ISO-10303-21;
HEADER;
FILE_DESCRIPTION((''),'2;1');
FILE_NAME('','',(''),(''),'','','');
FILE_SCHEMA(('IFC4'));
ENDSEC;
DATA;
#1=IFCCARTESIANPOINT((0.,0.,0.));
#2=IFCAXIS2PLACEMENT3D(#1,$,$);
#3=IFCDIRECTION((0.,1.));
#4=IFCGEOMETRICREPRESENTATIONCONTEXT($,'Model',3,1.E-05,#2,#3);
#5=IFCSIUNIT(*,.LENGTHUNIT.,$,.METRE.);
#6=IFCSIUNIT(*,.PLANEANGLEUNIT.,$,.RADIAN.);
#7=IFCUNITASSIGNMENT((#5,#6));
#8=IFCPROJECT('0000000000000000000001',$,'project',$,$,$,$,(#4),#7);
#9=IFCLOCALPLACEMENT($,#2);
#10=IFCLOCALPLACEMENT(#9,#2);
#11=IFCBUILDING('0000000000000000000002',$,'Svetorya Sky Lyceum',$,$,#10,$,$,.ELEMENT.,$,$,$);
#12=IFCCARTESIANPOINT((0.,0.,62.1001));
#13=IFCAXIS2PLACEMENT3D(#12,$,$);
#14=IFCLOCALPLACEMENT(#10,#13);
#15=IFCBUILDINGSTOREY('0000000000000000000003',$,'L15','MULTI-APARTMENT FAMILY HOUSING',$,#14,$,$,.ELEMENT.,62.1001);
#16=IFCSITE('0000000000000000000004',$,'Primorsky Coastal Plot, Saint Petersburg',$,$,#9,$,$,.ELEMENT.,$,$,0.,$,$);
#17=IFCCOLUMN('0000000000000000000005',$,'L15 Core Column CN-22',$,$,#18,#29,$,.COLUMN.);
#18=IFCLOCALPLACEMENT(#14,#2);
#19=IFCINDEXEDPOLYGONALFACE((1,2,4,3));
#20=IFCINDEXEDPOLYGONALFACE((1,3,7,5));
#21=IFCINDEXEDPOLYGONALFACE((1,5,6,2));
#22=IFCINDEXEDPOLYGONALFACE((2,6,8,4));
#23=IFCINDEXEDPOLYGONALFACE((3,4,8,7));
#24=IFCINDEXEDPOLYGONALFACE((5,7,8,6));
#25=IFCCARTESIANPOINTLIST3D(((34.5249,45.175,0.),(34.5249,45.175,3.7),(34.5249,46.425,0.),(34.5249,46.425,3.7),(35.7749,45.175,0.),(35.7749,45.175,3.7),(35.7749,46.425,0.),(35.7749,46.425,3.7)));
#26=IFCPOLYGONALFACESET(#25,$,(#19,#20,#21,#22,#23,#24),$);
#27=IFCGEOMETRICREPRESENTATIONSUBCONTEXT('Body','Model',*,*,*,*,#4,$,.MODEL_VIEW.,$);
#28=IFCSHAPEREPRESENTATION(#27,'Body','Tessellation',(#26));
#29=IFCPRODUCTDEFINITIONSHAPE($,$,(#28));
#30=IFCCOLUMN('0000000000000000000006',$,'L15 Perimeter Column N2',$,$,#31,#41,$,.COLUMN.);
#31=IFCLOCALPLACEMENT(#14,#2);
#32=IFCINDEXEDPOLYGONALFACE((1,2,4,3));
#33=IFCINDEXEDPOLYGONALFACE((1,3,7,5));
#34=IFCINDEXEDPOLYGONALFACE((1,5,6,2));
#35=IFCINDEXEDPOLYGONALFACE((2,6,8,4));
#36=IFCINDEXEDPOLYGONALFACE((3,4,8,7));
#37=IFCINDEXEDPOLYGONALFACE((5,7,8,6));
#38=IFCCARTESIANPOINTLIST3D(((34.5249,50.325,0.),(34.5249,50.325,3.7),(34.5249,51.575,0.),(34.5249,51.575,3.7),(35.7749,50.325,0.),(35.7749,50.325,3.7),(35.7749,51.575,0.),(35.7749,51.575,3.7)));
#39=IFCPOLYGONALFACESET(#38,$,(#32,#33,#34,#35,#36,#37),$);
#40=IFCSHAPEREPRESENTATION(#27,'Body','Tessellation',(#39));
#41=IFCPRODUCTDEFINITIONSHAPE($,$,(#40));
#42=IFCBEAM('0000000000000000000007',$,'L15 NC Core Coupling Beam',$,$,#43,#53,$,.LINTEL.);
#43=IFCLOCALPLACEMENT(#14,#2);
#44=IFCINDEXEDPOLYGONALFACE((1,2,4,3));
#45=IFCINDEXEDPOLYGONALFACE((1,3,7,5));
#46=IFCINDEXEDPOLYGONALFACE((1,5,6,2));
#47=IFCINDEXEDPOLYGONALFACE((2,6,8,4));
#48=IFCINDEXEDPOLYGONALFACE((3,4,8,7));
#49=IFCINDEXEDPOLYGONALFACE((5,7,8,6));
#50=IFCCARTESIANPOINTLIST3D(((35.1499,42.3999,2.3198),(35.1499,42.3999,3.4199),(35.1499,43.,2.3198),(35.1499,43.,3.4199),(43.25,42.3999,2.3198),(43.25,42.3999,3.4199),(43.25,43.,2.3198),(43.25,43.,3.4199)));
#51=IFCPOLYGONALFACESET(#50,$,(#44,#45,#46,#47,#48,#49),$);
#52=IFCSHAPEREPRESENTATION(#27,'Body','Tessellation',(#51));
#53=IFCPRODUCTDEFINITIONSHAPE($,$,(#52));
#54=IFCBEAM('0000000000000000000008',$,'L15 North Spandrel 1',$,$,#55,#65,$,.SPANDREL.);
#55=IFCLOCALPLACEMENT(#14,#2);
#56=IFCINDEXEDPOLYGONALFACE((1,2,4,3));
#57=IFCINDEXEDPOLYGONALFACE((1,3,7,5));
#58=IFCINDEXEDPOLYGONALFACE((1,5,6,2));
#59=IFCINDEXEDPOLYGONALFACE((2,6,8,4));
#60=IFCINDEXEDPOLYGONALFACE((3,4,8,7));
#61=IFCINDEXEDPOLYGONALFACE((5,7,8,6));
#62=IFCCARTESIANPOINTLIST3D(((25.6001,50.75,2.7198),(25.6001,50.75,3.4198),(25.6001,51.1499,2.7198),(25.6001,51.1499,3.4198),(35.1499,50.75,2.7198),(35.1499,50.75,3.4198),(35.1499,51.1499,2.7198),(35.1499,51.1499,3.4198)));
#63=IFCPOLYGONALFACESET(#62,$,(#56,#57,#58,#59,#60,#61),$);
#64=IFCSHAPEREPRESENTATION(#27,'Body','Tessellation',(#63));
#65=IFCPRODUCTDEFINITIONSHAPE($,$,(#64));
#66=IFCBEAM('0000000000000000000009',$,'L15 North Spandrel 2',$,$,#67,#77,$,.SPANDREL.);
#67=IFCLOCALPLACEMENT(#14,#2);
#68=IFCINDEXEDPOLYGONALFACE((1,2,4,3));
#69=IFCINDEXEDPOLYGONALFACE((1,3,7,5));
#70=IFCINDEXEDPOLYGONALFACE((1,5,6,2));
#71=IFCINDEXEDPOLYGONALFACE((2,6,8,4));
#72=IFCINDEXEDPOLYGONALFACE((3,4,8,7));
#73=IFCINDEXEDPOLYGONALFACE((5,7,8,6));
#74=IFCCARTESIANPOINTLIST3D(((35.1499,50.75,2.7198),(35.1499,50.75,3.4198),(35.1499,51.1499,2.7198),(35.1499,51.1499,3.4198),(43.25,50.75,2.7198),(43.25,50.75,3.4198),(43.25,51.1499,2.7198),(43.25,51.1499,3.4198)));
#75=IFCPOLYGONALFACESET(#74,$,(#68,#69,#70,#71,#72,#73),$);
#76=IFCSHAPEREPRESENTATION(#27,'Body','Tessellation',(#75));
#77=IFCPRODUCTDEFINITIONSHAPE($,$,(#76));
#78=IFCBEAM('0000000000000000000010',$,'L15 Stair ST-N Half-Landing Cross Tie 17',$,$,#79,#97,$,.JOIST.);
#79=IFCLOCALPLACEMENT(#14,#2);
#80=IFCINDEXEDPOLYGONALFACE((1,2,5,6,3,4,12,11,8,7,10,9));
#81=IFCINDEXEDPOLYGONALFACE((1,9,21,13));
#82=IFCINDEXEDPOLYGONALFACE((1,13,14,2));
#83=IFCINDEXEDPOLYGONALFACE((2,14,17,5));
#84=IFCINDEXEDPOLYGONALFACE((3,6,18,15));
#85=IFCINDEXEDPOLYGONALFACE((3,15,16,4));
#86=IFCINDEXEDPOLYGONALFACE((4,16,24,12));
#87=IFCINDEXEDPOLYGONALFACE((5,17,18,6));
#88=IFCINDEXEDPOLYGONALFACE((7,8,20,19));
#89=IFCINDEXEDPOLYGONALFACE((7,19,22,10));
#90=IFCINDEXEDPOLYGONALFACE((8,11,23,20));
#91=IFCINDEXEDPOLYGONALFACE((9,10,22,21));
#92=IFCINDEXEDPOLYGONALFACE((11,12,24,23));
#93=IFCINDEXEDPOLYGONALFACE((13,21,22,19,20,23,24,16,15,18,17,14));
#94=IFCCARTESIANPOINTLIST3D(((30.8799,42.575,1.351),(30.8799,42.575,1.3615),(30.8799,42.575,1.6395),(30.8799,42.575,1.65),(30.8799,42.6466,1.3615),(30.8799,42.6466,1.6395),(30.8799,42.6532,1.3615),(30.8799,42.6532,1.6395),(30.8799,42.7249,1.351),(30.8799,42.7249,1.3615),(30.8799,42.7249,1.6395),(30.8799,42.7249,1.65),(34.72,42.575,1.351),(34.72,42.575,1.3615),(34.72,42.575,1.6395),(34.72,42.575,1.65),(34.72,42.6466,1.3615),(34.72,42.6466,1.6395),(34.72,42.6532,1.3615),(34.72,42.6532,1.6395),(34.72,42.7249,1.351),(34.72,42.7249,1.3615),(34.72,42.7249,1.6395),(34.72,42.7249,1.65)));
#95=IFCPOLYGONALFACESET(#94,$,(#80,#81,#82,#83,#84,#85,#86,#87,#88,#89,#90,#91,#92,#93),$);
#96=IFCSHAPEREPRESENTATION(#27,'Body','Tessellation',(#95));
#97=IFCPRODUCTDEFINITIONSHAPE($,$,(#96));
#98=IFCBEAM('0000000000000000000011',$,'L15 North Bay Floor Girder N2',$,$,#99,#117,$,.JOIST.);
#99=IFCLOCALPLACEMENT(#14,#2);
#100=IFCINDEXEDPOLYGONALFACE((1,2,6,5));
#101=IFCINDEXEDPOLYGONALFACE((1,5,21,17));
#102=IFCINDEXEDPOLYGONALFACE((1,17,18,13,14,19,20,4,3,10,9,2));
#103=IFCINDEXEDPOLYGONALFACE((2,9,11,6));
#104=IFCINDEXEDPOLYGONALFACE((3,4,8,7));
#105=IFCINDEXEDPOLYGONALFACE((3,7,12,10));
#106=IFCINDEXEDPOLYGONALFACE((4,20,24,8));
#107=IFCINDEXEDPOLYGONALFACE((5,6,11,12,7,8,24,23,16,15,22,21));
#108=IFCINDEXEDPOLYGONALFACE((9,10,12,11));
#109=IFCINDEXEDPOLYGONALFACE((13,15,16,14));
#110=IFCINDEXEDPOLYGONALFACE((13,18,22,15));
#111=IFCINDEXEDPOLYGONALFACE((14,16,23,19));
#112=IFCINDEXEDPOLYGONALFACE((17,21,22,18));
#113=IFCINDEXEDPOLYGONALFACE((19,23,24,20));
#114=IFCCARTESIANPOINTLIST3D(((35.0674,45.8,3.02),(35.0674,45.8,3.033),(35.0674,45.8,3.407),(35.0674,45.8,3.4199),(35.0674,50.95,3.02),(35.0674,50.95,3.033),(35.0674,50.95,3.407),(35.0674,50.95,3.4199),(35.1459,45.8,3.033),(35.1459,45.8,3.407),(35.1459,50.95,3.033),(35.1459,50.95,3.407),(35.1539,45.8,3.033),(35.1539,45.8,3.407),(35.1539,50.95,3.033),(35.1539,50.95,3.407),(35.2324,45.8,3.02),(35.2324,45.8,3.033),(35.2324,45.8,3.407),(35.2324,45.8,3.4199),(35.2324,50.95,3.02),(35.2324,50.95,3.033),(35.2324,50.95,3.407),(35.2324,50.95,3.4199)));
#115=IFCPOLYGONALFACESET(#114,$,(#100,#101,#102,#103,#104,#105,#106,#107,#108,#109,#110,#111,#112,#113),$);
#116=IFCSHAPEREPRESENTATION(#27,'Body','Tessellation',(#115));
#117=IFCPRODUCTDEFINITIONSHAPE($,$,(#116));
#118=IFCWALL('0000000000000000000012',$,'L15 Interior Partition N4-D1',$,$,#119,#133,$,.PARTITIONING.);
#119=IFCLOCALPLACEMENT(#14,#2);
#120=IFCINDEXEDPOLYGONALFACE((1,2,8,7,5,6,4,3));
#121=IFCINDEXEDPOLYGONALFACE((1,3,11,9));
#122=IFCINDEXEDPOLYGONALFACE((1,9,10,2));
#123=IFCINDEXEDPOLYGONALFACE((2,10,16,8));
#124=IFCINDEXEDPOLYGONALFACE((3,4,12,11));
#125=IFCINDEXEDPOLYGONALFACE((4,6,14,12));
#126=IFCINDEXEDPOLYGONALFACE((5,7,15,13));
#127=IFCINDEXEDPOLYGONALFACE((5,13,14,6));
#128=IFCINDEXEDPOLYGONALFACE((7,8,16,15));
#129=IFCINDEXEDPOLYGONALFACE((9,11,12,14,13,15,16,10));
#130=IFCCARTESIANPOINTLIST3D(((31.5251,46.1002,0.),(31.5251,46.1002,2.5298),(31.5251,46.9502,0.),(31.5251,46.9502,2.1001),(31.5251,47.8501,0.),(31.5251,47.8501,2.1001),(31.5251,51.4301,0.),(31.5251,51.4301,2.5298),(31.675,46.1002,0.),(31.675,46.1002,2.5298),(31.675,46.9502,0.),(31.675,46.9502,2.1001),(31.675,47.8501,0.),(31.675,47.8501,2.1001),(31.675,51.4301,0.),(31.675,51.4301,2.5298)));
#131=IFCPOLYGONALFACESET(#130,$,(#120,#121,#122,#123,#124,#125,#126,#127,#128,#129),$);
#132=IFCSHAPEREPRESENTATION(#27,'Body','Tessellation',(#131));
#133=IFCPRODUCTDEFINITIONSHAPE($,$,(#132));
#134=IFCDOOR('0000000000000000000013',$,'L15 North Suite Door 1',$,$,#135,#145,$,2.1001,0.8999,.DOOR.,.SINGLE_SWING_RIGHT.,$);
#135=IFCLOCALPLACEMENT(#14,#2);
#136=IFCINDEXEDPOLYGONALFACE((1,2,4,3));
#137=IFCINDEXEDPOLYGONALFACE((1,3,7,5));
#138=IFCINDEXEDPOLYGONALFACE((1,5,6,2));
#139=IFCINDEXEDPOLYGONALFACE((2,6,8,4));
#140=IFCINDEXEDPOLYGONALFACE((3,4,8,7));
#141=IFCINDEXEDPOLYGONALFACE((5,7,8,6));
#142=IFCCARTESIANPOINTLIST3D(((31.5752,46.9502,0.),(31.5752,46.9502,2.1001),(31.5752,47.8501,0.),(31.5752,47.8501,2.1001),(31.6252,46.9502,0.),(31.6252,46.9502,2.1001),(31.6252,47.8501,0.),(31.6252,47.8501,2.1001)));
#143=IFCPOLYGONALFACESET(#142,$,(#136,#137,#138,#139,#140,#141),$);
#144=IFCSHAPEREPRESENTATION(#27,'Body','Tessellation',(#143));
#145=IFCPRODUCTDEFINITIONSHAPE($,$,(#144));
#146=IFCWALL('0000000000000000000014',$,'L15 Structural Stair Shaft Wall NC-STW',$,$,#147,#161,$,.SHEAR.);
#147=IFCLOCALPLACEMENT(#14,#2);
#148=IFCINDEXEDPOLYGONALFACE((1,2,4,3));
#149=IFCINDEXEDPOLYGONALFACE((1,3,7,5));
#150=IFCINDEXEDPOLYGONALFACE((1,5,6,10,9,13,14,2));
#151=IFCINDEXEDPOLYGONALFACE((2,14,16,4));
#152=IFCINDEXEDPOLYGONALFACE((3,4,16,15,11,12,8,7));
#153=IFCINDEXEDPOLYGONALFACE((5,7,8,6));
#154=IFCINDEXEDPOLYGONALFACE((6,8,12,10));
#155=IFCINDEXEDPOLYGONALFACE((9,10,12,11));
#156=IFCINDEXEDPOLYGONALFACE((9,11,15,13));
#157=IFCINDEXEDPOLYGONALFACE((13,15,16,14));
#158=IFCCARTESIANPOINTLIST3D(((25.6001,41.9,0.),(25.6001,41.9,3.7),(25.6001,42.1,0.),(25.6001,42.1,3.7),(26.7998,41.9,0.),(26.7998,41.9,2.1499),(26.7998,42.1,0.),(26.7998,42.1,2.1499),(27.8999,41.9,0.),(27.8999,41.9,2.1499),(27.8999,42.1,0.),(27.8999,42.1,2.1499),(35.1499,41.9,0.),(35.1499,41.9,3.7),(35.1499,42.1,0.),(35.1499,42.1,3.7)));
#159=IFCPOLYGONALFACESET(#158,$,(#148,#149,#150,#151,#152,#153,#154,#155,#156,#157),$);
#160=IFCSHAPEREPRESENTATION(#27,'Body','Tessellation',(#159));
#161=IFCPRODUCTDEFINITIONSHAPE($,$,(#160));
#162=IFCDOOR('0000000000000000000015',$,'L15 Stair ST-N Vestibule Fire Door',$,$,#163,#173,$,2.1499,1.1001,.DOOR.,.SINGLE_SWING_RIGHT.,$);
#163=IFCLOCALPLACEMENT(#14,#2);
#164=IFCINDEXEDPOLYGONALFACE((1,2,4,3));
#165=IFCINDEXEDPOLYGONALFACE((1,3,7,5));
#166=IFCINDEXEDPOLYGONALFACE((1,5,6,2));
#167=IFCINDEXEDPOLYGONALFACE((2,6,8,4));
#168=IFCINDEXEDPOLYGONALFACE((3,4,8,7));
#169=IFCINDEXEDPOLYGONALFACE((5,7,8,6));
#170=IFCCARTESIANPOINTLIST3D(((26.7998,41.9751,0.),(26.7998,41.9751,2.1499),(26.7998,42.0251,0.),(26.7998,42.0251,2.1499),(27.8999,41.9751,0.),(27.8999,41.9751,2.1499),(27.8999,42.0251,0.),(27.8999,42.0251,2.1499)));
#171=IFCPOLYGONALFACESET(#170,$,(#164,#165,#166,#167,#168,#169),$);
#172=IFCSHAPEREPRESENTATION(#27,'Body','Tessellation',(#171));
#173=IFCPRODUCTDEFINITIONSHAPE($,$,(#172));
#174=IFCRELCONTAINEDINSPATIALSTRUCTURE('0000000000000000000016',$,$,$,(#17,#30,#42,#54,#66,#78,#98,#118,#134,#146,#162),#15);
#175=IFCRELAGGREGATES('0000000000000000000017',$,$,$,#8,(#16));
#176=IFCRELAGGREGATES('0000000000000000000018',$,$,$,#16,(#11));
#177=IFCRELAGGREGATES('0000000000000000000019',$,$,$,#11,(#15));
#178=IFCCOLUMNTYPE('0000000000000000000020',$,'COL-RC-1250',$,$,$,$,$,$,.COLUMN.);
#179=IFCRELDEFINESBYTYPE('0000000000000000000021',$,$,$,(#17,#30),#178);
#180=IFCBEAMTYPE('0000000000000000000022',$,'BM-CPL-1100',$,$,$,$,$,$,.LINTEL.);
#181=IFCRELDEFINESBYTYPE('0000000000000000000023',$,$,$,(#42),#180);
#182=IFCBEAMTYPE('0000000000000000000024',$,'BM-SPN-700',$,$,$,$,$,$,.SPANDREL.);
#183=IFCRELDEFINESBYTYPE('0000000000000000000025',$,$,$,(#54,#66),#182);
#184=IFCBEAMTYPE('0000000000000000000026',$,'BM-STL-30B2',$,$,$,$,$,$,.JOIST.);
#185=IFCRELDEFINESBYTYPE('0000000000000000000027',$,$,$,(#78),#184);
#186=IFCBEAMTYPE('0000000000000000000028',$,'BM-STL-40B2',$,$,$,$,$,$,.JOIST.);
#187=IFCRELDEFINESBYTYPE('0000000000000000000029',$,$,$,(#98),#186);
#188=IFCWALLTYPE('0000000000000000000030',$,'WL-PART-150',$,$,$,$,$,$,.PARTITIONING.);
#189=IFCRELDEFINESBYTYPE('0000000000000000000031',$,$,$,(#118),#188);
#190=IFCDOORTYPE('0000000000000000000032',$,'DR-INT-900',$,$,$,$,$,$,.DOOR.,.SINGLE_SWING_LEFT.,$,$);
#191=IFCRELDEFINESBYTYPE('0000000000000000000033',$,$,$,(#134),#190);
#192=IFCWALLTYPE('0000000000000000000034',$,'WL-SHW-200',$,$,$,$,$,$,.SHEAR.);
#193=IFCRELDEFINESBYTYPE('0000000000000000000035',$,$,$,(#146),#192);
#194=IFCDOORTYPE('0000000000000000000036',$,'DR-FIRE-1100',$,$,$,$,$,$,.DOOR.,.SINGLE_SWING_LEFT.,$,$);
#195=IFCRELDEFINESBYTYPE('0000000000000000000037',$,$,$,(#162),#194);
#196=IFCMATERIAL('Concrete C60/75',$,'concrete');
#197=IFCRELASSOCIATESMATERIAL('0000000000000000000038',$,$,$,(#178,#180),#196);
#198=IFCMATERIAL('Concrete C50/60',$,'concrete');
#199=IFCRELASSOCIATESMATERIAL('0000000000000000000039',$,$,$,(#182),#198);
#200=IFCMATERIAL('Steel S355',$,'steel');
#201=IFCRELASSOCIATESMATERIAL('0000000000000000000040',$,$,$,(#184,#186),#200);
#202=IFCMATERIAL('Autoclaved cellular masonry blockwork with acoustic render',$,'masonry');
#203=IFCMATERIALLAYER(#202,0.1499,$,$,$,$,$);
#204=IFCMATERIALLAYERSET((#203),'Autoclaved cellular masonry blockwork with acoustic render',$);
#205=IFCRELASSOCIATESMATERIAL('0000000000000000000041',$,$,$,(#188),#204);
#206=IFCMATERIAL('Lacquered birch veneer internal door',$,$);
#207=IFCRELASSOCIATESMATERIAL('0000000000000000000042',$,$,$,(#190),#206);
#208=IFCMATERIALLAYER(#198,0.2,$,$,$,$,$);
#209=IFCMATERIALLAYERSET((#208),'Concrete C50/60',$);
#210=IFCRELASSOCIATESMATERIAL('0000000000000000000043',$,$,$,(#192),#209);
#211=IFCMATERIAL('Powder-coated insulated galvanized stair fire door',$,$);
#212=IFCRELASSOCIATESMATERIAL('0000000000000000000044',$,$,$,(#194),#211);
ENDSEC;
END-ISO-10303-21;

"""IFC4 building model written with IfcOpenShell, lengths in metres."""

from ifc_helpers import new_model, si_unit, direction, frame, frame_2d, origin, origin_2d, place, context, subcontext, project, spatial, rectangle, i_section, extrude, material, layer, layer_set, material_profile, profile_set, type_object, element, fill, save


model = new_model("IFC4")

# Units and contexts
model_context = context("Model", 3, precision=1e-05, world=origin(), true_north=direction((0.0, 1.0)))
body_context = subcontext(model_context, "Body", "Model", "MODEL_VIEW")
ifc_project = project(units=[si_unit("LENGTHUNIT", "METRE"), si_unit("PLANEANGLEUNIT", "RADIAN")], contexts=[model_context])

# Site, building, storey
site_placement = place(None, origin())
site = spatial("IfcSite", under=ifc_project, at=site_placement, Name="Primorsky Coastal Plot, Saint Petersburg", CompositionType="ELEMENT", RefElevation=0.0)
building_placement = place(site_placement, origin())
building = spatial("IfcBuilding", under=site, at=building_placement, Name="Svetorya Sky Lyceum", CompositionType="ELEMENT")
storey_placement = place(building_placement, frame((0.0, 0.0, 62.1001)))
storey = spatial("IfcBuildingStorey", under=building, at=storey_placement, Name="L15", Description="MULTI-APARTMENT FAMILY HOUSING", CompositionType="ELEMENT", Elevation=62.1001)

# Columns
ifc_material_1 = material(Name="Concrete C60/75", Category="concrete")
ifc_material_profile_1 = material_profile(ifc_material_1, rectangle(XDim=1.25, YDim=1.25, at=origin_2d()), Name="RC COL 1250x1250")
ifc_profile_set_1 = profile_set([ifc_material_profile_1], Name="Concrete C60/75")
column_type = type_object("IfcColumnType", Name="COL-RC-1250", PredefinedType="COLUMN", material=ifc_profile_set_1)
for number, where, z_axis, x_axis, name in (
    (1, (35.1499, 45.8, 0.0), (0.0, 0.0, 1.0), (1.0, 0.0, 0.0), "L15 Core Column CN-22"),
    (2, (35.1499, 50.95, 0.0), (0.0, 0.0, 1.0), (1.0, 0.0, 0.0), "L15 Perimeter Column N2"),
):
    element("IfcColumn", number, at=place(storey_placement, frame(where, z_axis=z_axis, x_axis=x_axis)), inside=storey, type_object=column_type, Name=name, PredefinedType="COLUMN", context=body_context, shape_type="SweptSolid", body=[
        extrude(rectangle(XDim=1.25, YDim=1.25, at=origin_2d()), origin(), (0.0, 0.0, 1.0), 3.7),
    ])

# Beams
ifc_material_profile_2 = material_profile(ifc_material_1, rectangle(XDim=0.6001, YDim=1.1001, at=origin_2d()), Name="RC COUPLING 600x1100")
ifc_profile_set_2 = profile_set([ifc_material_profile_2], Name="Concrete C60/75")
beam_type_1 = type_object("IfcBeamType", Name="BM-CPL-1100", PredefinedType="LINTEL", material=ifc_profile_set_2)
beam_1_placement = place(storey_placement, frame((35.1499, 42.7, 2.8699), z_axis=(1.0, 0.0, 0.0), x_axis=(0.0, 1.0, 0.0)))
element("IfcBeam", 3, at=beam_1_placement, inside=storey, type_object=beam_type_1, Name="L15 NC Core Coupling Beam", PredefinedType="LINTEL", context=body_context, shape_type="SweptSolid", body=[
    extrude(rectangle(XDim=0.6001, YDim=1.1001, at=origin_2d()), origin(), (0.0, 0.0, 1.0), 8.1001),
])
ifc_material_2 = material(Name="Concrete C50/60", Category="concrete")
ifc_material_profile_3 = material_profile(ifc_material_2, rectangle(XDim=0.3999, YDim=0.7, at=origin_2d()), Name="RC SPANDREL 400x700")
ifc_profile_set_3 = profile_set([ifc_material_profile_3], Name="Concrete C50/60")
beam_type_2 = type_object("IfcBeamType", Name="BM-SPN-700", PredefinedType="SPANDREL", material=ifc_profile_set_3)
beam_2_placement = place(storey_placement, frame((25.6001, 50.95, 3.0698), z_axis=(1.0, 0.0, 0.0), x_axis=(0.0, 1.0, 0.0)))
element("IfcBeam", 4, at=beam_2_placement, inside=storey, type_object=beam_type_2, Name="L15 North Spandrel 1", PredefinedType="SPANDREL", context=body_context, shape_type="SweptSolid", body=[
    extrude(rectangle(XDim=0.3999, YDim=0.7, at=origin_2d()), origin(), (0.0, 0.0, 1.0), 9.5498),
])
beam_3_placement = place(storey_placement, frame((35.1499, 50.95, 3.0698), z_axis=(1.0, 0.0, 0.0), x_axis=(0.0, 1.0, 0.0)))
element("IfcBeam", 5, at=beam_3_placement, inside=storey, type_object=beam_type_2, Name="L15 North Spandrel 2", PredefinedType="SPANDREL", context=body_context, shape_type="SweptSolid", body=[
    extrude(rectangle(XDim=0.3999, YDim=0.7, at=origin_2d()), origin(), (0.0, 0.0, 1.0), 8.1001),
])
ifc_material_3 = material(Name="Steel S355", Category="steel")
ifc_material_profile_4 = material_profile(ifc_material_3, i_section(OverallWidth=0.1499, OverallDepth=0.2991, WebThickness=0.0066, FlangeThickness=0.0105, at=origin_2d()), Name="GOST 30B2")
ifc_profile_set_4 = profile_set([ifc_material_profile_4], Name="Steel S355")
beam_type_3 = type_object("IfcBeamType", Name="BM-STL-30B2", PredefinedType="JOIST", material=ifc_profile_set_4)
beam_4_placement = place(storey_placement, frame((30.8799, 42.6499, 1.5005), z_axis=(1.0, 0.0, 0.0), x_axis=(0.0, 1.0, 0.0)))
element("IfcBeam", 6, at=beam_4_placement, inside=storey, type_object=beam_type_3, Name="L15 Stair ST-N Half-Landing Cross Tie 17", PredefinedType="JOIST", context=body_context, shape_type="SweptSolid", body=[
    extrude(i_section(OverallWidth=0.1499, OverallDepth=0.2991, WebThickness=0.0066, FlangeThickness=0.0105, at=origin_2d()), origin(), (0.0, 0.0, 1.0), 3.8401),
])
ifc_material_profile_5 = material_profile(ifc_material_3, i_section(OverallWidth=0.165, OverallDepth=0.3999, WebThickness=0.0081, FlangeThickness=0.0129, at=origin_2d()), Name="GOST 40B2")
ifc_profile_set_5 = profile_set([ifc_material_profile_5], Name="Steel S355")
beam_type_4 = type_object("IfcBeamType", Name="BM-STL-40B2", PredefinedType="JOIST", material=ifc_profile_set_5)
beam_5_placement = place(storey_placement, frame((35.1499, 45.8, 3.22), z_axis=(0.0, 1.0, 0.0), x_axis=(-1.0, 0.0, 0.0)))
element("IfcBeam", 7, at=beam_5_placement, inside=storey, type_object=beam_type_4, Name="L15 North Bay Floor Girder N2", PredefinedType="JOIST", context=body_context, shape_type="SweptSolid", body=[
    extrude(i_section(OverallWidth=0.165, OverallDepth=0.3999, WebThickness=0.0081, FlangeThickness=0.0129, at=origin_2d()), origin(), (0.0, 0.0, 1.0), 5.1499),
])

# Walls, openings, doors
ifc_material_4 = material(Name="Autoclaved cellular masonry blockwork with acoustic render", Category="masonry")
ifc_layer_1 = layer(ifc_material_4, 0.1499)
ifc_layer_set_1 = layer_set([ifc_layer_1], Name="Autoclaved cellular masonry blockwork with acoustic render")
wall_type_1 = type_object("IfcWallType", Name="WL-PART-150", PredefinedType="PARTITIONING", material=ifc_layer_set_1)
wall_1_placement = place(storey_placement, frame((31.6001, 46.1001, 0.0), z_axis=(0.0, 0.0, 1.0), x_axis=(0.0, 1.0, 0.0)))
wall_1 = element("IfcWall", 8, at=wall_1_placement, inside=storey, type_object=wall_type_1, Name="L15 Interior Partition N4-D1", PredefinedType="PARTITIONING", context=body_context, shape_type="SweptSolid", body=[
    extrude(rectangle(XDim=5.3298, YDim=0.1499, at=frame_2d((2.665, 0.0))), origin(), (0.0, 0.0, 1.0), 2.5298),
])
opening_1_placement = place(wall_1_placement, frame((0.8501, 0.0, 0.0)))
opening_1 = element("IfcOpeningElement", 9, at=opening_1_placement, cuts=wall_1, PredefinedType="OPENING", context=body_context, shape_type="SweptSolid", body=[
    extrude(rectangle(XDim=0.8999, YDim=2.1001, at=frame_2d((0.45, 1.05))), frame((0.0, 0.085, 0.0), z_axis=(0.0, -1.0, 0.0), x_axis=(1.0, 0.0, 0.0)), (0.0, 0.0, 1.0), 0.1699),
])
ifc_material_5 = material(Name="Lacquered birch veneer internal door")
door_type_1 = type_object("IfcDoorType", Name="DR-INT-900", OperationType="SINGLE_SWING_LEFT", PredefinedType="DOOR", material=ifc_material_5)
door_1_placement = place(opening_1_placement, origin())
door_1 = element("IfcDoor", 10, at=door_1_placement, inside=storey, type_object=door_type_1, Name="L15 North Suite Door 1", OperationType="SINGLE_SWING_RIGHT", OverallHeight=2.1001, OverallWidth=0.8999, PredefinedType="DOOR", context=body_context, shape_type="SweptSolid", body=[
    extrude(rectangle(XDim=0.8999, YDim=2.1001, at=frame_2d((0.45, 1.05))), frame((0.0, 0.0249, 0.0), z_axis=(0.0, -1.0, 0.0), x_axis=(1.0, 0.0, 0.0)), (0.0, 0.0, 1.0), 0.05),
])
fill(opening_1, door_1)
ifc_layer_2 = layer(ifc_material_2, 0.2)
ifc_layer_set_2 = layer_set([ifc_layer_2], Name="Concrete C50/60")
wall_type_2 = type_object("IfcWallType", Name="WL-SHW-200", PredefinedType="SHEAR", material=ifc_layer_set_2)
wall_2_placement = place(storey_placement, frame((35.1499, 42.0, 0.0), z_axis=(0.0, 0.0, 1.0), x_axis=(-1.0, 0.0, 0.0)))
wall_2 = element("IfcWall", 11, at=wall_2_placement, inside=storey, type_object=wall_type_2, Name="L15 Structural Stair Shaft Wall NC-STW", PredefinedType="SHEAR", context=body_context, shape_type="SweptSolid", body=[
    extrude(rectangle(XDim=9.5498, YDim=0.2, at=frame_2d((4.7749, 0.0))), origin(), (0.0, 0.0, 1.0), 3.7),
])
opening_2_placement = place(wall_2_placement, frame((7.25, 0.0, 0.0)))
opening_2 = element("IfcOpeningElement", 12, at=opening_2_placement, cuts=wall_2, PredefinedType="OPENING", context=body_context, shape_type="SweptSolid", body=[
    extrude(rectangle(XDim=1.1001, YDim=2.1499, at=frame_2d((0.55, 1.075))), frame((0.0, 0.1099, 0.0), z_axis=(0.0, -1.0, 0.0), x_axis=(1.0, 0.0, 0.0)), (0.0, 0.0, 1.0), 0.22),
])
ifc_material_6 = material(Name="Powder-coated insulated galvanized stair fire door")
door_type_2 = type_object("IfcDoorType", Name="DR-FIRE-1100", OperationType="SINGLE_SWING_LEFT", PredefinedType="DOOR", material=ifc_material_6)
door_2_placement = place(opening_2_placement, origin())
door_2 = element("IfcDoor", 13, at=door_2_placement, inside=storey, type_object=door_type_2, Name="L15 Stair ST-N Vestibule Fire Door", OperationType="SINGLE_SWING_RIGHT", OverallHeight=2.1499, OverallWidth=1.1001, PredefinedType="DOOR", context=body_context, shape_type="SweptSolid", body=[
    extrude(rectangle(XDim=1.1001, YDim=2.1499, at=frame_2d((0.55, 1.075))), frame((0.0, 0.0249, 0.0), z_axis=(0.0, -1.0, 0.0), x_axis=(1.0, 0.0, 0.0)), (0.0, 0.0, 1.0), 0.05),
])
fill(opening_2, door_2)

save(model, "model.ifc")
